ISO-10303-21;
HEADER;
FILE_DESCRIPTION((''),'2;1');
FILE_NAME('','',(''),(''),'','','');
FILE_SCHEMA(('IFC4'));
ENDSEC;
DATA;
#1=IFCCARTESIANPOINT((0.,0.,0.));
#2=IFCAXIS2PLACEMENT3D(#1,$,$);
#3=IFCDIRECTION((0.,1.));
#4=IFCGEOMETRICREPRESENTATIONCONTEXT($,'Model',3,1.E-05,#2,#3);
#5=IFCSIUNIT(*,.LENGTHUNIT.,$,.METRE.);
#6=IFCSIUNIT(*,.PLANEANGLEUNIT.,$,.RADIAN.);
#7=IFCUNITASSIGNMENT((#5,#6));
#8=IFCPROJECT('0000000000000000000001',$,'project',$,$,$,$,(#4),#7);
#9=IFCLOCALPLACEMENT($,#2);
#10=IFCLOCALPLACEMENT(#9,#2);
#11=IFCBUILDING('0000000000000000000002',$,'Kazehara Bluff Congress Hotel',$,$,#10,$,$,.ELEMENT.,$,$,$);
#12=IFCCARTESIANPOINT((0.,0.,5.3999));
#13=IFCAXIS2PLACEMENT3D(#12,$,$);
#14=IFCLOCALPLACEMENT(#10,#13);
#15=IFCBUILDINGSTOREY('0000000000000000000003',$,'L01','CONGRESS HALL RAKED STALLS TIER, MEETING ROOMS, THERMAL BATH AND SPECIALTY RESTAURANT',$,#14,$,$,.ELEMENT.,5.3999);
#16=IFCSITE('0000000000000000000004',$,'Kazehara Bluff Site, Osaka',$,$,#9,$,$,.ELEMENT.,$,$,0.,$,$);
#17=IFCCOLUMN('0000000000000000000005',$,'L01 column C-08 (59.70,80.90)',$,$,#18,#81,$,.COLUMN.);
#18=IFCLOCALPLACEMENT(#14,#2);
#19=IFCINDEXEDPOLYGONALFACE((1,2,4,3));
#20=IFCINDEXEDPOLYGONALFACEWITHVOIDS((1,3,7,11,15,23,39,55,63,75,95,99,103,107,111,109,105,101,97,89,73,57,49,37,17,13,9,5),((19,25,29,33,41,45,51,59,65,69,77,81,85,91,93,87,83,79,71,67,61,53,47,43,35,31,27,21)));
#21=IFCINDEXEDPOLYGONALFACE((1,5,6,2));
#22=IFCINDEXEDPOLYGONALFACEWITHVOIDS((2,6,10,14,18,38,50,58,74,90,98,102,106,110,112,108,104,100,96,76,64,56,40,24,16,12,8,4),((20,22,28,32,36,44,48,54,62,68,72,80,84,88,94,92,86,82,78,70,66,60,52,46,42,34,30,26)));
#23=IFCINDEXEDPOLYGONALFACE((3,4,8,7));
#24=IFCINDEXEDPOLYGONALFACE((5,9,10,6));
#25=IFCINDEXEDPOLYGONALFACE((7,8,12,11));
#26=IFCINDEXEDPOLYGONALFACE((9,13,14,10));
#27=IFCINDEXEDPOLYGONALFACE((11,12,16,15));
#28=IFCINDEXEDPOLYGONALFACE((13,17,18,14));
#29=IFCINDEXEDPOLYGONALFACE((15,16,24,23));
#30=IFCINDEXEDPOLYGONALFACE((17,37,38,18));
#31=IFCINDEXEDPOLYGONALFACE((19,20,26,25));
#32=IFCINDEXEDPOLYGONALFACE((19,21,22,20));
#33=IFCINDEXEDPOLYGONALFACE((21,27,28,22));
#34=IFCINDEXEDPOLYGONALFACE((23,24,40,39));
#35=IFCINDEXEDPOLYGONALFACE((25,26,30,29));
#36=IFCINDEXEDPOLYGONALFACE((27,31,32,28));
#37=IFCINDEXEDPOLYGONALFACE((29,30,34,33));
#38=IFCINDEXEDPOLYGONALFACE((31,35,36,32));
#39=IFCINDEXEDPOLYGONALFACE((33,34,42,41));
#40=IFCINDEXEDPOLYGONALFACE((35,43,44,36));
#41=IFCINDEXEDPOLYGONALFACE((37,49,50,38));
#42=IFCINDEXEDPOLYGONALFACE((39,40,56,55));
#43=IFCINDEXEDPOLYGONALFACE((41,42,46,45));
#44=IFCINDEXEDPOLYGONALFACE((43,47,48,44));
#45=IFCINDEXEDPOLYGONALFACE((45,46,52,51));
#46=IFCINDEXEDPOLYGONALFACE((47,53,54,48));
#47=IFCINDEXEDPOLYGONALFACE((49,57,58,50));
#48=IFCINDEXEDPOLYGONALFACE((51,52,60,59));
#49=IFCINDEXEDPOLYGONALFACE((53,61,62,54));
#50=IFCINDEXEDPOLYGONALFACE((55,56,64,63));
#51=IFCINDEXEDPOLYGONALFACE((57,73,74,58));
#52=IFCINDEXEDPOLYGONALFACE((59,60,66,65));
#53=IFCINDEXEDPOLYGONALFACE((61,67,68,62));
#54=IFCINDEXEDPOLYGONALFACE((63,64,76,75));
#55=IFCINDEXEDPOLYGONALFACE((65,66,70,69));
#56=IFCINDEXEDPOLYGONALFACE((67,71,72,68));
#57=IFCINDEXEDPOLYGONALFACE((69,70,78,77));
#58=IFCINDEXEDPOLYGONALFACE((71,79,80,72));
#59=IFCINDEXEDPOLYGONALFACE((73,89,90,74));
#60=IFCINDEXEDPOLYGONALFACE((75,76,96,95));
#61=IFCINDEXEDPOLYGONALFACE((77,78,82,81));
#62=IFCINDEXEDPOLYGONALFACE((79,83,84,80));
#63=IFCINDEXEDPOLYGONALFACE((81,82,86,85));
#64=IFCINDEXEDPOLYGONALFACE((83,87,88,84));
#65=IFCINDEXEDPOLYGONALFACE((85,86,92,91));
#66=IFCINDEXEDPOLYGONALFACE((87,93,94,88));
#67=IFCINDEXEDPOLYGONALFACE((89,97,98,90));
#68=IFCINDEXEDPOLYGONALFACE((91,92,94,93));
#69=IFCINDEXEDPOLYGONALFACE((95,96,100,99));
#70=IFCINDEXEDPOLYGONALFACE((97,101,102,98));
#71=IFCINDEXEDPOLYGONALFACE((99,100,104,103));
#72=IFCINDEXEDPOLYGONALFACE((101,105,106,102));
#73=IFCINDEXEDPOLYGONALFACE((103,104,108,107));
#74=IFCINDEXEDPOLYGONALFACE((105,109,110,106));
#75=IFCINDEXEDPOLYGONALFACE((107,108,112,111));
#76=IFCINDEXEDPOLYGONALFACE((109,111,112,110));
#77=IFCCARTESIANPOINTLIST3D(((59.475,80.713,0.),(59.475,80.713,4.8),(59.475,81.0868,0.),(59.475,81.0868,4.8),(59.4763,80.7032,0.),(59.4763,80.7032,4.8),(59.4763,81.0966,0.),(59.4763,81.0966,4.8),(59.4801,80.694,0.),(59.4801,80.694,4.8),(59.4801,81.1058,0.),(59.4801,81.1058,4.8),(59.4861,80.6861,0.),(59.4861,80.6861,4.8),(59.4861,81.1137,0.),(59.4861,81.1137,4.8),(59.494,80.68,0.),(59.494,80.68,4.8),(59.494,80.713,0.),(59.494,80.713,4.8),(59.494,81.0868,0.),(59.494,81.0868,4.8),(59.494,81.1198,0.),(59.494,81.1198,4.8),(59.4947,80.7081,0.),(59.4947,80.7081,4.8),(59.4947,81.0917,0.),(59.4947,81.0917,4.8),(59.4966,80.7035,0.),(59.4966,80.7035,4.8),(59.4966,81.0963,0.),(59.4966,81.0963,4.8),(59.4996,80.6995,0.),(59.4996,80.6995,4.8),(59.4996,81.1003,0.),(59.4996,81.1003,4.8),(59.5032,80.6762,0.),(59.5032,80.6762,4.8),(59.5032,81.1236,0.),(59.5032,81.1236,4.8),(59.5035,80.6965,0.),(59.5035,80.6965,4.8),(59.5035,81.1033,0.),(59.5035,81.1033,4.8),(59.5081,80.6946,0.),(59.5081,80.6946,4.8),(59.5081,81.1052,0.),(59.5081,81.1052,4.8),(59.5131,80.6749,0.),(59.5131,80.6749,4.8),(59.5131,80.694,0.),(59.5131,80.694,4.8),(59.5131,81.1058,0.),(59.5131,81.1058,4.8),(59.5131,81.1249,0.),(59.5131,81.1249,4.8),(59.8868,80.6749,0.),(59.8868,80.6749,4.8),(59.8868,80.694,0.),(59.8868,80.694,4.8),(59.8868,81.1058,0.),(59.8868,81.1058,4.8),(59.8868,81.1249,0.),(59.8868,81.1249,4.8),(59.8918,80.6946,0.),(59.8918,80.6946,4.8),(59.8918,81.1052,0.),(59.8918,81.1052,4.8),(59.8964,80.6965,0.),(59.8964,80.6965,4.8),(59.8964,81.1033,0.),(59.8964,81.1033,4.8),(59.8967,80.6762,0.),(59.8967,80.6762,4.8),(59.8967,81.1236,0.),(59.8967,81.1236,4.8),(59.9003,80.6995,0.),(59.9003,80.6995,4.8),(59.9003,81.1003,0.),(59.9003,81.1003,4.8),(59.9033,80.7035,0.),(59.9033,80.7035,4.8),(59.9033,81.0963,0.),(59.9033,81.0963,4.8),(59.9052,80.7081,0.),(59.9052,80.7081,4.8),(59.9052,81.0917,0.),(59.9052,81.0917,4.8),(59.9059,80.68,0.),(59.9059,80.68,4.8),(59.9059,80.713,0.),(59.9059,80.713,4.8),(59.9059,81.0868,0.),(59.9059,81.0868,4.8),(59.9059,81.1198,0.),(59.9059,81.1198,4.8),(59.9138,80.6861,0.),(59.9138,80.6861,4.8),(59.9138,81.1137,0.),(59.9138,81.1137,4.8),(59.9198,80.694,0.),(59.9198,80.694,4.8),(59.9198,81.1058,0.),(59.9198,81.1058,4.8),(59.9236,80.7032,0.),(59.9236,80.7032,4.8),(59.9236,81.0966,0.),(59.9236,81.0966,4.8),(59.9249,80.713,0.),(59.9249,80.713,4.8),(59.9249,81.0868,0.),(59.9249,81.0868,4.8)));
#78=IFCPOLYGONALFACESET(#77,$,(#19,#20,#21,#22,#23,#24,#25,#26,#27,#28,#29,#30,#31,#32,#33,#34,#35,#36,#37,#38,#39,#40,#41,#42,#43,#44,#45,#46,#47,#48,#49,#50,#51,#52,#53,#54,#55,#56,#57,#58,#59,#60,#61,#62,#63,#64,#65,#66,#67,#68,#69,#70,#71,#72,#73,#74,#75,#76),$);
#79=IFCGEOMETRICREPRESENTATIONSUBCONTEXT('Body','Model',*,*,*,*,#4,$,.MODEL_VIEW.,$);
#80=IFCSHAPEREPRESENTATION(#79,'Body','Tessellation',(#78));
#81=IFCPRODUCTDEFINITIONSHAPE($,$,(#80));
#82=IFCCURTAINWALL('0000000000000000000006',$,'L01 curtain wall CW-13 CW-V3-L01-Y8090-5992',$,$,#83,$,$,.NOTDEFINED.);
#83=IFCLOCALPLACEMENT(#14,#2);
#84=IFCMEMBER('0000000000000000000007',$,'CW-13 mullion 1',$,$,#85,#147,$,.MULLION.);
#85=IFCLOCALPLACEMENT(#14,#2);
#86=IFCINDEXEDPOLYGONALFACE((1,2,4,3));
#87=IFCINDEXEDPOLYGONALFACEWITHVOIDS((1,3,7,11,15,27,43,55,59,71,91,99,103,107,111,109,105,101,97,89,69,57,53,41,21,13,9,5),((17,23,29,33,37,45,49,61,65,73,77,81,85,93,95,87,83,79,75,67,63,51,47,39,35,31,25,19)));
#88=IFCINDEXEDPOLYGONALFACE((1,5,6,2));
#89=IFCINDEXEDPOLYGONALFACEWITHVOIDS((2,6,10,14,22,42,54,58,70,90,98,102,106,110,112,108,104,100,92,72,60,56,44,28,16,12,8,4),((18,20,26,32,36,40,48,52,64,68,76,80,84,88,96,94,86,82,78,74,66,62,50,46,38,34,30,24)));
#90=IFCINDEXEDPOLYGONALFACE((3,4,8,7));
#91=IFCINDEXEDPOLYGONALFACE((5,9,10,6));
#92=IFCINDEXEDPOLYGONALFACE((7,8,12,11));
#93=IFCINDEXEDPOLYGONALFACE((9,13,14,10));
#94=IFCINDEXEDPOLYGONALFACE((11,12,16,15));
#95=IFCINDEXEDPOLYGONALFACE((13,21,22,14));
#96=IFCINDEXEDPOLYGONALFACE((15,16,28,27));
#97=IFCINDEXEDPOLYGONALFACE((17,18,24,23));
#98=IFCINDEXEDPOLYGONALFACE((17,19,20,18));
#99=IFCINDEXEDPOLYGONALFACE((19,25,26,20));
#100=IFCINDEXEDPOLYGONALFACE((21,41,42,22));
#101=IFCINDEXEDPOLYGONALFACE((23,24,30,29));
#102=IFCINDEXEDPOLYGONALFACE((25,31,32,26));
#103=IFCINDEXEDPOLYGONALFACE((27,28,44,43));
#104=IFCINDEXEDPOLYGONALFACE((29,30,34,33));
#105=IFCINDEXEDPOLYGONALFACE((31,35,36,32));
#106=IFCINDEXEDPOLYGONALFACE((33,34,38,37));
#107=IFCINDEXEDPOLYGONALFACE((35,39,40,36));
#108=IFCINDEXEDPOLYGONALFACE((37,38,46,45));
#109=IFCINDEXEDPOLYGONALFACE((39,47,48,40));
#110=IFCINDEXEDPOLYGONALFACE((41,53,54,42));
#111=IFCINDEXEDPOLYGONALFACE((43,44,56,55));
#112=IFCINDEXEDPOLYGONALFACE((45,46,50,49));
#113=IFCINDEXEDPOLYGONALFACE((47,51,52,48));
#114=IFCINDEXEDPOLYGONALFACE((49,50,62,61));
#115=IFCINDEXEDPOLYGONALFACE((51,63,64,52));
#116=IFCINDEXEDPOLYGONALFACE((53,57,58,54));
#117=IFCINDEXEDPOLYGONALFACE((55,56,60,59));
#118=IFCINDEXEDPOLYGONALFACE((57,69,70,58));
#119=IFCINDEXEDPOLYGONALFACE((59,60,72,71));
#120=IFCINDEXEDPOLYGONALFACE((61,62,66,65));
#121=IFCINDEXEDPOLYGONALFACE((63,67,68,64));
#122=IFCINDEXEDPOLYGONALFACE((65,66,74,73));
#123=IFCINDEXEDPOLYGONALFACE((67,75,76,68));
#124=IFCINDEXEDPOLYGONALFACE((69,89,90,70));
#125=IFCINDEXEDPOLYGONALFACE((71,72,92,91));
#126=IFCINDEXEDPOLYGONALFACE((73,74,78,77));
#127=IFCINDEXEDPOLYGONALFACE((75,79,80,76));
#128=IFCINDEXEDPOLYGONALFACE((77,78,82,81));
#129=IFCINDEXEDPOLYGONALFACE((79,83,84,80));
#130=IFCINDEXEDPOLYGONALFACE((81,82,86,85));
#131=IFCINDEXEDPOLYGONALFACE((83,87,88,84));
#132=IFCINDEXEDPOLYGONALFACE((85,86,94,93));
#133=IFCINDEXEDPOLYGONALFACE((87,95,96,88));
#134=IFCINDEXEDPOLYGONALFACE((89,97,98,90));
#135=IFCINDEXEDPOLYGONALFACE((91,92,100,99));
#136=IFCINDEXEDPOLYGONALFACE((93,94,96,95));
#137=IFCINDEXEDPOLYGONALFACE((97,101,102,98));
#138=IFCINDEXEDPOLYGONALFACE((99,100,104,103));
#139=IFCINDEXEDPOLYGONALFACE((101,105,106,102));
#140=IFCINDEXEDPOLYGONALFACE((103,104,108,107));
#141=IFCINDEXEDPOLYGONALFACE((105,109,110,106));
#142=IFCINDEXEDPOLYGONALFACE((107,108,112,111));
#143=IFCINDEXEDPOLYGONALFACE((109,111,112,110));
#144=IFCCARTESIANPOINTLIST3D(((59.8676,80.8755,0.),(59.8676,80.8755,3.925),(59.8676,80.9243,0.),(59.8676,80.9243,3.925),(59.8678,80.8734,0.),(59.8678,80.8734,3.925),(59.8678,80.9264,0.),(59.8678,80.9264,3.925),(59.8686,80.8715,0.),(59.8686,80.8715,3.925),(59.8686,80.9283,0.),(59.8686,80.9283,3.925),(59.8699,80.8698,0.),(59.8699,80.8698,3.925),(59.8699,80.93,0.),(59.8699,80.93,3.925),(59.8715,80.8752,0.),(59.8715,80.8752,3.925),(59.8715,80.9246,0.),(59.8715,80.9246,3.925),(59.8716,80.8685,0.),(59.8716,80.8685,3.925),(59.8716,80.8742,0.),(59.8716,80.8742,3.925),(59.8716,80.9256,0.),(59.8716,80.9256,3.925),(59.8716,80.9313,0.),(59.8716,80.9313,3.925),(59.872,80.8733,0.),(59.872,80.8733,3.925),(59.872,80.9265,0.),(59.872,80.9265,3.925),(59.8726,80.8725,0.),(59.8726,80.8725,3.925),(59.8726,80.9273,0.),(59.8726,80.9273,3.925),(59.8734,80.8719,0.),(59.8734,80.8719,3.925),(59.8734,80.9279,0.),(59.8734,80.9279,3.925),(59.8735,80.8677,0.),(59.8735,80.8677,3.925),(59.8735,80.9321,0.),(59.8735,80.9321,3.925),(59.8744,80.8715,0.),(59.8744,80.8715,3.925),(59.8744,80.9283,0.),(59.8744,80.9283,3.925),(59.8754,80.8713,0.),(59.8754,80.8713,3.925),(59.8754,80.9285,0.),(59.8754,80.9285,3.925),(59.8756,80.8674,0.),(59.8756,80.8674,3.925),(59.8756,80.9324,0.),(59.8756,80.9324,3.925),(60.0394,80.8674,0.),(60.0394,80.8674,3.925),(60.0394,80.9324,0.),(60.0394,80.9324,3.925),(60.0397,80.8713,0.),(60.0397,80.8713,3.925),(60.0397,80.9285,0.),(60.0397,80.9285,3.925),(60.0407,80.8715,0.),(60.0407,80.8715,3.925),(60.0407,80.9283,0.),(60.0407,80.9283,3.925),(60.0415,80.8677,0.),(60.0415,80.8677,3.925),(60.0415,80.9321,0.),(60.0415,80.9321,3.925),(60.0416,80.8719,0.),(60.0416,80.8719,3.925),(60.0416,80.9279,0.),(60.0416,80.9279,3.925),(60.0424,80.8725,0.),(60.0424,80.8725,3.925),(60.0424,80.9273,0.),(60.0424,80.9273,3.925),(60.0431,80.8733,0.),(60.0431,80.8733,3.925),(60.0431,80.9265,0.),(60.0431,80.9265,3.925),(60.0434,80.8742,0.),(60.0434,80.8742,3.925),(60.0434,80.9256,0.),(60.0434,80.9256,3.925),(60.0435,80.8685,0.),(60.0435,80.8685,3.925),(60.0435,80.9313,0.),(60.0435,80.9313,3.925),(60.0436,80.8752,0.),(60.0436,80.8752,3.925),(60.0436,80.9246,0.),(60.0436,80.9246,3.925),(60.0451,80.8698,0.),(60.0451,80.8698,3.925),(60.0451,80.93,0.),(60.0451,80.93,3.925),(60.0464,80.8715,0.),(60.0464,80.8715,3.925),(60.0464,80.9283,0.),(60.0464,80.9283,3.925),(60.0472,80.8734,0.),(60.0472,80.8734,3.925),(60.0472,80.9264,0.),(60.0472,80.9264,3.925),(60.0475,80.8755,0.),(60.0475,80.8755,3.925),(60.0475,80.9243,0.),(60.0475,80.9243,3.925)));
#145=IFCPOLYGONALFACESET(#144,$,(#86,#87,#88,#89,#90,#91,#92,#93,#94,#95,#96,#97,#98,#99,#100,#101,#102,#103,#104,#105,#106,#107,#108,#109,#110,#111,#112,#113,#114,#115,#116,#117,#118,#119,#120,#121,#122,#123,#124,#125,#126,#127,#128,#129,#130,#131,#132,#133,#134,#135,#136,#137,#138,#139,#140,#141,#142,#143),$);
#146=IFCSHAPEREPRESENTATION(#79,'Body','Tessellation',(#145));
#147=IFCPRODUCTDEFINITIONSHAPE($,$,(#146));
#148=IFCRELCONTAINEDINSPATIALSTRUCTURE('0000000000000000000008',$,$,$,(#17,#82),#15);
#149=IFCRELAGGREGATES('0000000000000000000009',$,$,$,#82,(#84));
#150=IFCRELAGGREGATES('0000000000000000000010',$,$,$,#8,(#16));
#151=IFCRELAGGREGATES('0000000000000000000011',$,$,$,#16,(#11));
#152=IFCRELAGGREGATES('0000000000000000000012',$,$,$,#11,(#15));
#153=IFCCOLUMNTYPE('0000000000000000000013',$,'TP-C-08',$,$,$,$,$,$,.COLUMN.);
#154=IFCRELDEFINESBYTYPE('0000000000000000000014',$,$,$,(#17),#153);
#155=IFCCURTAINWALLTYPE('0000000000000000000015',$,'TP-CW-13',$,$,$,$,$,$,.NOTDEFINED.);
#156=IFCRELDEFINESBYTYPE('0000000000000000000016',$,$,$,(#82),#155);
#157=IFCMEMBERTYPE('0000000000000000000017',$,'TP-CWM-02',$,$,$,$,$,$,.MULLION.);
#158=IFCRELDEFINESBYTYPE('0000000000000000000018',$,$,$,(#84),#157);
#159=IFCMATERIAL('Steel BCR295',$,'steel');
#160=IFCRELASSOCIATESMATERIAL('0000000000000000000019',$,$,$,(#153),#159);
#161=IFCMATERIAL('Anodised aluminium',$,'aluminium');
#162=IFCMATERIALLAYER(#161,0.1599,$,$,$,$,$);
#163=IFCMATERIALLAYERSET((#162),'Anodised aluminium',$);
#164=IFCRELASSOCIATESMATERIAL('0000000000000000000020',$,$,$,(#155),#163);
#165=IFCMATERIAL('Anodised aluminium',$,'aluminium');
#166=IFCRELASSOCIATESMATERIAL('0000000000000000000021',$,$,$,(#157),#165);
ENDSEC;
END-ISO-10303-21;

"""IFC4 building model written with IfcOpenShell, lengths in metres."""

from ifc_helpers import new_model, si_unit, direction, frame, origin, origin_2d, place, context, subcontext, project, spatial, hollow_rectangle, extrude, material, layer, layer_set, material_profile, profile_set, type_object, element, aggregate, save


model = new_model("IFC4")

# Units and contexts
model_context = context("Model", 3, precision=1e-05, world=origin(), true_north=direction((0.0, 1.0)))
body_context = subcontext(model_context, "Body", "Model", "MODEL_VIEW")
ifc_project = project(units=[si_unit("LENGTHUNIT", "METRE"), si_unit("PLANEANGLEUNIT", "RADIAN")], contexts=[model_context])

# Site, building, storey
site_placement = place(None, origin())
site = spatial("IfcSite", under=ifc_project, at=site_placement, Name="Kazehara Bluff Site, Osaka", CompositionType="ELEMENT", RefElevation=0.0)
building_placement = place(site_placement, origin())
building = spatial("IfcBuilding", under=site, at=building_placement, Name="Kazehara Bluff Congress Hotel", CompositionType="ELEMENT")
storey_placement = place(building_placement, frame((0.0, 0.0, 5.3999)))
storey = spatial("IfcBuildingStorey", under=building, at=storey_placement, Name="L01", Description="CONGRESS HALL RAKED STALLS TIER, MEETING ROOMS, THERMAL BATH AND SPECIALTY RESTAURANT", CompositionType="ELEMENT", Elevation=5.3999)

# Column
ifc_material_1 = material(Name="Steel BCR295", Category="steel")
ifc_material_profile_1 = material_profile(ifc_material_1, hollow_rectangle(XDim=0.45, YDim=0.45, WallThickness=0.019, InnerFilletRadius=0.019, OuterFilletRadius=0.0381, at=origin_2d()))
ifc_profile_set_1 = profile_set([ifc_material_profile_1], Name="Steel BCR295")
column_type = type_object("IfcColumnType", Name="TP-C-08", PredefinedType="COLUMN", material=ifc_profile_set_1)
column_placement = place(storey_placement, frame((59.7, 80.8999, 0.0), z_axis=(0.0, 0.0, 1.0), x_axis=(1.0, 0.0, 0.0)))
element("IfcColumn", 1, at=column_placement, inside=storey, type_object=column_type, Name="L01 column C-08 (59.70,80.90)", PredefinedType="COLUMN", context=body_context, shape_type="SweptSolid", body=[
    extrude(hollow_rectangle(XDim=0.45, YDim=0.45, WallThickness=0.019, InnerFilletRadius=0.019, OuterFilletRadius=0.0381, at=origin_2d()), origin(), (0.0, 0.0, 1.0), 4.8),
])

# Curtain wall, member
ifc_material_2 = material(Name="Anodised aluminium", Category="aluminium")
ifc_layer_1 = layer(ifc_material_2, 0.1599)
ifc_layer_set_1 = layer_set([ifc_layer_1], Name="Anodised aluminium")
curtain_wall_type_1 = type_object("IfcCurtainWallType", Name="TP-CW-13", PredefinedType="NOTDEFINED", material=ifc_layer_set_1)
curtain_wall_1_placement = place(storey_placement, origin())
curtain_wall_1 = element("IfcCurtainWall", 2, at=curtain_wall_1_placement, inside=storey, type_object=curtain_wall_type_1, Name="L01 curtain wall CW-13 CW-V3-L01-Y8090-5992", PredefinedType="NOTDEFINED")
ifc_material_3 = material(Name="Anodised aluminium", Category="aluminium")
ifc_material_profile_2 = material_profile(ifc_material_3, hollow_rectangle(XDim=0.0649, YDim=0.1799, WallThickness=0.0039, InnerFilletRadius=0.0039, OuterFilletRadius=0.0081, at=origin_2d()))
ifc_profile_set_2 = profile_set([ifc_material_profile_2], Name="Anodised aluminium")
member_type_1 = type_object("IfcMemberType", Name="TP-CWM-02", PredefinedType="MULLION", material=ifc_profile_set_2)
member_1_placement = place(storey_placement, frame((59.9575, 80.8999, 0.0), z_axis=(0.0, 0.0, 1.0), x_axis=(0.0, 1.0, 0.0)))
member_1 = element("IfcMember", 3, at=member_1_placement, type_object=member_type_1, Name="CW-13 mullion 1", PredefinedType="MULLION", context=body_context, shape_type="SweptSolid", body=[
    extrude(hollow_rectangle(XDim=0.0649, YDim=0.1799, WallThickness=0.0039, InnerFilletRadius=0.0039, OuterFilletRadius=0.0081, at=origin_2d()), origin(), (0.0, 0.0, 1.0), 3.925),
])

aggregate(curtain_wall_1, [member_1])

save(model, "model.ifc")
